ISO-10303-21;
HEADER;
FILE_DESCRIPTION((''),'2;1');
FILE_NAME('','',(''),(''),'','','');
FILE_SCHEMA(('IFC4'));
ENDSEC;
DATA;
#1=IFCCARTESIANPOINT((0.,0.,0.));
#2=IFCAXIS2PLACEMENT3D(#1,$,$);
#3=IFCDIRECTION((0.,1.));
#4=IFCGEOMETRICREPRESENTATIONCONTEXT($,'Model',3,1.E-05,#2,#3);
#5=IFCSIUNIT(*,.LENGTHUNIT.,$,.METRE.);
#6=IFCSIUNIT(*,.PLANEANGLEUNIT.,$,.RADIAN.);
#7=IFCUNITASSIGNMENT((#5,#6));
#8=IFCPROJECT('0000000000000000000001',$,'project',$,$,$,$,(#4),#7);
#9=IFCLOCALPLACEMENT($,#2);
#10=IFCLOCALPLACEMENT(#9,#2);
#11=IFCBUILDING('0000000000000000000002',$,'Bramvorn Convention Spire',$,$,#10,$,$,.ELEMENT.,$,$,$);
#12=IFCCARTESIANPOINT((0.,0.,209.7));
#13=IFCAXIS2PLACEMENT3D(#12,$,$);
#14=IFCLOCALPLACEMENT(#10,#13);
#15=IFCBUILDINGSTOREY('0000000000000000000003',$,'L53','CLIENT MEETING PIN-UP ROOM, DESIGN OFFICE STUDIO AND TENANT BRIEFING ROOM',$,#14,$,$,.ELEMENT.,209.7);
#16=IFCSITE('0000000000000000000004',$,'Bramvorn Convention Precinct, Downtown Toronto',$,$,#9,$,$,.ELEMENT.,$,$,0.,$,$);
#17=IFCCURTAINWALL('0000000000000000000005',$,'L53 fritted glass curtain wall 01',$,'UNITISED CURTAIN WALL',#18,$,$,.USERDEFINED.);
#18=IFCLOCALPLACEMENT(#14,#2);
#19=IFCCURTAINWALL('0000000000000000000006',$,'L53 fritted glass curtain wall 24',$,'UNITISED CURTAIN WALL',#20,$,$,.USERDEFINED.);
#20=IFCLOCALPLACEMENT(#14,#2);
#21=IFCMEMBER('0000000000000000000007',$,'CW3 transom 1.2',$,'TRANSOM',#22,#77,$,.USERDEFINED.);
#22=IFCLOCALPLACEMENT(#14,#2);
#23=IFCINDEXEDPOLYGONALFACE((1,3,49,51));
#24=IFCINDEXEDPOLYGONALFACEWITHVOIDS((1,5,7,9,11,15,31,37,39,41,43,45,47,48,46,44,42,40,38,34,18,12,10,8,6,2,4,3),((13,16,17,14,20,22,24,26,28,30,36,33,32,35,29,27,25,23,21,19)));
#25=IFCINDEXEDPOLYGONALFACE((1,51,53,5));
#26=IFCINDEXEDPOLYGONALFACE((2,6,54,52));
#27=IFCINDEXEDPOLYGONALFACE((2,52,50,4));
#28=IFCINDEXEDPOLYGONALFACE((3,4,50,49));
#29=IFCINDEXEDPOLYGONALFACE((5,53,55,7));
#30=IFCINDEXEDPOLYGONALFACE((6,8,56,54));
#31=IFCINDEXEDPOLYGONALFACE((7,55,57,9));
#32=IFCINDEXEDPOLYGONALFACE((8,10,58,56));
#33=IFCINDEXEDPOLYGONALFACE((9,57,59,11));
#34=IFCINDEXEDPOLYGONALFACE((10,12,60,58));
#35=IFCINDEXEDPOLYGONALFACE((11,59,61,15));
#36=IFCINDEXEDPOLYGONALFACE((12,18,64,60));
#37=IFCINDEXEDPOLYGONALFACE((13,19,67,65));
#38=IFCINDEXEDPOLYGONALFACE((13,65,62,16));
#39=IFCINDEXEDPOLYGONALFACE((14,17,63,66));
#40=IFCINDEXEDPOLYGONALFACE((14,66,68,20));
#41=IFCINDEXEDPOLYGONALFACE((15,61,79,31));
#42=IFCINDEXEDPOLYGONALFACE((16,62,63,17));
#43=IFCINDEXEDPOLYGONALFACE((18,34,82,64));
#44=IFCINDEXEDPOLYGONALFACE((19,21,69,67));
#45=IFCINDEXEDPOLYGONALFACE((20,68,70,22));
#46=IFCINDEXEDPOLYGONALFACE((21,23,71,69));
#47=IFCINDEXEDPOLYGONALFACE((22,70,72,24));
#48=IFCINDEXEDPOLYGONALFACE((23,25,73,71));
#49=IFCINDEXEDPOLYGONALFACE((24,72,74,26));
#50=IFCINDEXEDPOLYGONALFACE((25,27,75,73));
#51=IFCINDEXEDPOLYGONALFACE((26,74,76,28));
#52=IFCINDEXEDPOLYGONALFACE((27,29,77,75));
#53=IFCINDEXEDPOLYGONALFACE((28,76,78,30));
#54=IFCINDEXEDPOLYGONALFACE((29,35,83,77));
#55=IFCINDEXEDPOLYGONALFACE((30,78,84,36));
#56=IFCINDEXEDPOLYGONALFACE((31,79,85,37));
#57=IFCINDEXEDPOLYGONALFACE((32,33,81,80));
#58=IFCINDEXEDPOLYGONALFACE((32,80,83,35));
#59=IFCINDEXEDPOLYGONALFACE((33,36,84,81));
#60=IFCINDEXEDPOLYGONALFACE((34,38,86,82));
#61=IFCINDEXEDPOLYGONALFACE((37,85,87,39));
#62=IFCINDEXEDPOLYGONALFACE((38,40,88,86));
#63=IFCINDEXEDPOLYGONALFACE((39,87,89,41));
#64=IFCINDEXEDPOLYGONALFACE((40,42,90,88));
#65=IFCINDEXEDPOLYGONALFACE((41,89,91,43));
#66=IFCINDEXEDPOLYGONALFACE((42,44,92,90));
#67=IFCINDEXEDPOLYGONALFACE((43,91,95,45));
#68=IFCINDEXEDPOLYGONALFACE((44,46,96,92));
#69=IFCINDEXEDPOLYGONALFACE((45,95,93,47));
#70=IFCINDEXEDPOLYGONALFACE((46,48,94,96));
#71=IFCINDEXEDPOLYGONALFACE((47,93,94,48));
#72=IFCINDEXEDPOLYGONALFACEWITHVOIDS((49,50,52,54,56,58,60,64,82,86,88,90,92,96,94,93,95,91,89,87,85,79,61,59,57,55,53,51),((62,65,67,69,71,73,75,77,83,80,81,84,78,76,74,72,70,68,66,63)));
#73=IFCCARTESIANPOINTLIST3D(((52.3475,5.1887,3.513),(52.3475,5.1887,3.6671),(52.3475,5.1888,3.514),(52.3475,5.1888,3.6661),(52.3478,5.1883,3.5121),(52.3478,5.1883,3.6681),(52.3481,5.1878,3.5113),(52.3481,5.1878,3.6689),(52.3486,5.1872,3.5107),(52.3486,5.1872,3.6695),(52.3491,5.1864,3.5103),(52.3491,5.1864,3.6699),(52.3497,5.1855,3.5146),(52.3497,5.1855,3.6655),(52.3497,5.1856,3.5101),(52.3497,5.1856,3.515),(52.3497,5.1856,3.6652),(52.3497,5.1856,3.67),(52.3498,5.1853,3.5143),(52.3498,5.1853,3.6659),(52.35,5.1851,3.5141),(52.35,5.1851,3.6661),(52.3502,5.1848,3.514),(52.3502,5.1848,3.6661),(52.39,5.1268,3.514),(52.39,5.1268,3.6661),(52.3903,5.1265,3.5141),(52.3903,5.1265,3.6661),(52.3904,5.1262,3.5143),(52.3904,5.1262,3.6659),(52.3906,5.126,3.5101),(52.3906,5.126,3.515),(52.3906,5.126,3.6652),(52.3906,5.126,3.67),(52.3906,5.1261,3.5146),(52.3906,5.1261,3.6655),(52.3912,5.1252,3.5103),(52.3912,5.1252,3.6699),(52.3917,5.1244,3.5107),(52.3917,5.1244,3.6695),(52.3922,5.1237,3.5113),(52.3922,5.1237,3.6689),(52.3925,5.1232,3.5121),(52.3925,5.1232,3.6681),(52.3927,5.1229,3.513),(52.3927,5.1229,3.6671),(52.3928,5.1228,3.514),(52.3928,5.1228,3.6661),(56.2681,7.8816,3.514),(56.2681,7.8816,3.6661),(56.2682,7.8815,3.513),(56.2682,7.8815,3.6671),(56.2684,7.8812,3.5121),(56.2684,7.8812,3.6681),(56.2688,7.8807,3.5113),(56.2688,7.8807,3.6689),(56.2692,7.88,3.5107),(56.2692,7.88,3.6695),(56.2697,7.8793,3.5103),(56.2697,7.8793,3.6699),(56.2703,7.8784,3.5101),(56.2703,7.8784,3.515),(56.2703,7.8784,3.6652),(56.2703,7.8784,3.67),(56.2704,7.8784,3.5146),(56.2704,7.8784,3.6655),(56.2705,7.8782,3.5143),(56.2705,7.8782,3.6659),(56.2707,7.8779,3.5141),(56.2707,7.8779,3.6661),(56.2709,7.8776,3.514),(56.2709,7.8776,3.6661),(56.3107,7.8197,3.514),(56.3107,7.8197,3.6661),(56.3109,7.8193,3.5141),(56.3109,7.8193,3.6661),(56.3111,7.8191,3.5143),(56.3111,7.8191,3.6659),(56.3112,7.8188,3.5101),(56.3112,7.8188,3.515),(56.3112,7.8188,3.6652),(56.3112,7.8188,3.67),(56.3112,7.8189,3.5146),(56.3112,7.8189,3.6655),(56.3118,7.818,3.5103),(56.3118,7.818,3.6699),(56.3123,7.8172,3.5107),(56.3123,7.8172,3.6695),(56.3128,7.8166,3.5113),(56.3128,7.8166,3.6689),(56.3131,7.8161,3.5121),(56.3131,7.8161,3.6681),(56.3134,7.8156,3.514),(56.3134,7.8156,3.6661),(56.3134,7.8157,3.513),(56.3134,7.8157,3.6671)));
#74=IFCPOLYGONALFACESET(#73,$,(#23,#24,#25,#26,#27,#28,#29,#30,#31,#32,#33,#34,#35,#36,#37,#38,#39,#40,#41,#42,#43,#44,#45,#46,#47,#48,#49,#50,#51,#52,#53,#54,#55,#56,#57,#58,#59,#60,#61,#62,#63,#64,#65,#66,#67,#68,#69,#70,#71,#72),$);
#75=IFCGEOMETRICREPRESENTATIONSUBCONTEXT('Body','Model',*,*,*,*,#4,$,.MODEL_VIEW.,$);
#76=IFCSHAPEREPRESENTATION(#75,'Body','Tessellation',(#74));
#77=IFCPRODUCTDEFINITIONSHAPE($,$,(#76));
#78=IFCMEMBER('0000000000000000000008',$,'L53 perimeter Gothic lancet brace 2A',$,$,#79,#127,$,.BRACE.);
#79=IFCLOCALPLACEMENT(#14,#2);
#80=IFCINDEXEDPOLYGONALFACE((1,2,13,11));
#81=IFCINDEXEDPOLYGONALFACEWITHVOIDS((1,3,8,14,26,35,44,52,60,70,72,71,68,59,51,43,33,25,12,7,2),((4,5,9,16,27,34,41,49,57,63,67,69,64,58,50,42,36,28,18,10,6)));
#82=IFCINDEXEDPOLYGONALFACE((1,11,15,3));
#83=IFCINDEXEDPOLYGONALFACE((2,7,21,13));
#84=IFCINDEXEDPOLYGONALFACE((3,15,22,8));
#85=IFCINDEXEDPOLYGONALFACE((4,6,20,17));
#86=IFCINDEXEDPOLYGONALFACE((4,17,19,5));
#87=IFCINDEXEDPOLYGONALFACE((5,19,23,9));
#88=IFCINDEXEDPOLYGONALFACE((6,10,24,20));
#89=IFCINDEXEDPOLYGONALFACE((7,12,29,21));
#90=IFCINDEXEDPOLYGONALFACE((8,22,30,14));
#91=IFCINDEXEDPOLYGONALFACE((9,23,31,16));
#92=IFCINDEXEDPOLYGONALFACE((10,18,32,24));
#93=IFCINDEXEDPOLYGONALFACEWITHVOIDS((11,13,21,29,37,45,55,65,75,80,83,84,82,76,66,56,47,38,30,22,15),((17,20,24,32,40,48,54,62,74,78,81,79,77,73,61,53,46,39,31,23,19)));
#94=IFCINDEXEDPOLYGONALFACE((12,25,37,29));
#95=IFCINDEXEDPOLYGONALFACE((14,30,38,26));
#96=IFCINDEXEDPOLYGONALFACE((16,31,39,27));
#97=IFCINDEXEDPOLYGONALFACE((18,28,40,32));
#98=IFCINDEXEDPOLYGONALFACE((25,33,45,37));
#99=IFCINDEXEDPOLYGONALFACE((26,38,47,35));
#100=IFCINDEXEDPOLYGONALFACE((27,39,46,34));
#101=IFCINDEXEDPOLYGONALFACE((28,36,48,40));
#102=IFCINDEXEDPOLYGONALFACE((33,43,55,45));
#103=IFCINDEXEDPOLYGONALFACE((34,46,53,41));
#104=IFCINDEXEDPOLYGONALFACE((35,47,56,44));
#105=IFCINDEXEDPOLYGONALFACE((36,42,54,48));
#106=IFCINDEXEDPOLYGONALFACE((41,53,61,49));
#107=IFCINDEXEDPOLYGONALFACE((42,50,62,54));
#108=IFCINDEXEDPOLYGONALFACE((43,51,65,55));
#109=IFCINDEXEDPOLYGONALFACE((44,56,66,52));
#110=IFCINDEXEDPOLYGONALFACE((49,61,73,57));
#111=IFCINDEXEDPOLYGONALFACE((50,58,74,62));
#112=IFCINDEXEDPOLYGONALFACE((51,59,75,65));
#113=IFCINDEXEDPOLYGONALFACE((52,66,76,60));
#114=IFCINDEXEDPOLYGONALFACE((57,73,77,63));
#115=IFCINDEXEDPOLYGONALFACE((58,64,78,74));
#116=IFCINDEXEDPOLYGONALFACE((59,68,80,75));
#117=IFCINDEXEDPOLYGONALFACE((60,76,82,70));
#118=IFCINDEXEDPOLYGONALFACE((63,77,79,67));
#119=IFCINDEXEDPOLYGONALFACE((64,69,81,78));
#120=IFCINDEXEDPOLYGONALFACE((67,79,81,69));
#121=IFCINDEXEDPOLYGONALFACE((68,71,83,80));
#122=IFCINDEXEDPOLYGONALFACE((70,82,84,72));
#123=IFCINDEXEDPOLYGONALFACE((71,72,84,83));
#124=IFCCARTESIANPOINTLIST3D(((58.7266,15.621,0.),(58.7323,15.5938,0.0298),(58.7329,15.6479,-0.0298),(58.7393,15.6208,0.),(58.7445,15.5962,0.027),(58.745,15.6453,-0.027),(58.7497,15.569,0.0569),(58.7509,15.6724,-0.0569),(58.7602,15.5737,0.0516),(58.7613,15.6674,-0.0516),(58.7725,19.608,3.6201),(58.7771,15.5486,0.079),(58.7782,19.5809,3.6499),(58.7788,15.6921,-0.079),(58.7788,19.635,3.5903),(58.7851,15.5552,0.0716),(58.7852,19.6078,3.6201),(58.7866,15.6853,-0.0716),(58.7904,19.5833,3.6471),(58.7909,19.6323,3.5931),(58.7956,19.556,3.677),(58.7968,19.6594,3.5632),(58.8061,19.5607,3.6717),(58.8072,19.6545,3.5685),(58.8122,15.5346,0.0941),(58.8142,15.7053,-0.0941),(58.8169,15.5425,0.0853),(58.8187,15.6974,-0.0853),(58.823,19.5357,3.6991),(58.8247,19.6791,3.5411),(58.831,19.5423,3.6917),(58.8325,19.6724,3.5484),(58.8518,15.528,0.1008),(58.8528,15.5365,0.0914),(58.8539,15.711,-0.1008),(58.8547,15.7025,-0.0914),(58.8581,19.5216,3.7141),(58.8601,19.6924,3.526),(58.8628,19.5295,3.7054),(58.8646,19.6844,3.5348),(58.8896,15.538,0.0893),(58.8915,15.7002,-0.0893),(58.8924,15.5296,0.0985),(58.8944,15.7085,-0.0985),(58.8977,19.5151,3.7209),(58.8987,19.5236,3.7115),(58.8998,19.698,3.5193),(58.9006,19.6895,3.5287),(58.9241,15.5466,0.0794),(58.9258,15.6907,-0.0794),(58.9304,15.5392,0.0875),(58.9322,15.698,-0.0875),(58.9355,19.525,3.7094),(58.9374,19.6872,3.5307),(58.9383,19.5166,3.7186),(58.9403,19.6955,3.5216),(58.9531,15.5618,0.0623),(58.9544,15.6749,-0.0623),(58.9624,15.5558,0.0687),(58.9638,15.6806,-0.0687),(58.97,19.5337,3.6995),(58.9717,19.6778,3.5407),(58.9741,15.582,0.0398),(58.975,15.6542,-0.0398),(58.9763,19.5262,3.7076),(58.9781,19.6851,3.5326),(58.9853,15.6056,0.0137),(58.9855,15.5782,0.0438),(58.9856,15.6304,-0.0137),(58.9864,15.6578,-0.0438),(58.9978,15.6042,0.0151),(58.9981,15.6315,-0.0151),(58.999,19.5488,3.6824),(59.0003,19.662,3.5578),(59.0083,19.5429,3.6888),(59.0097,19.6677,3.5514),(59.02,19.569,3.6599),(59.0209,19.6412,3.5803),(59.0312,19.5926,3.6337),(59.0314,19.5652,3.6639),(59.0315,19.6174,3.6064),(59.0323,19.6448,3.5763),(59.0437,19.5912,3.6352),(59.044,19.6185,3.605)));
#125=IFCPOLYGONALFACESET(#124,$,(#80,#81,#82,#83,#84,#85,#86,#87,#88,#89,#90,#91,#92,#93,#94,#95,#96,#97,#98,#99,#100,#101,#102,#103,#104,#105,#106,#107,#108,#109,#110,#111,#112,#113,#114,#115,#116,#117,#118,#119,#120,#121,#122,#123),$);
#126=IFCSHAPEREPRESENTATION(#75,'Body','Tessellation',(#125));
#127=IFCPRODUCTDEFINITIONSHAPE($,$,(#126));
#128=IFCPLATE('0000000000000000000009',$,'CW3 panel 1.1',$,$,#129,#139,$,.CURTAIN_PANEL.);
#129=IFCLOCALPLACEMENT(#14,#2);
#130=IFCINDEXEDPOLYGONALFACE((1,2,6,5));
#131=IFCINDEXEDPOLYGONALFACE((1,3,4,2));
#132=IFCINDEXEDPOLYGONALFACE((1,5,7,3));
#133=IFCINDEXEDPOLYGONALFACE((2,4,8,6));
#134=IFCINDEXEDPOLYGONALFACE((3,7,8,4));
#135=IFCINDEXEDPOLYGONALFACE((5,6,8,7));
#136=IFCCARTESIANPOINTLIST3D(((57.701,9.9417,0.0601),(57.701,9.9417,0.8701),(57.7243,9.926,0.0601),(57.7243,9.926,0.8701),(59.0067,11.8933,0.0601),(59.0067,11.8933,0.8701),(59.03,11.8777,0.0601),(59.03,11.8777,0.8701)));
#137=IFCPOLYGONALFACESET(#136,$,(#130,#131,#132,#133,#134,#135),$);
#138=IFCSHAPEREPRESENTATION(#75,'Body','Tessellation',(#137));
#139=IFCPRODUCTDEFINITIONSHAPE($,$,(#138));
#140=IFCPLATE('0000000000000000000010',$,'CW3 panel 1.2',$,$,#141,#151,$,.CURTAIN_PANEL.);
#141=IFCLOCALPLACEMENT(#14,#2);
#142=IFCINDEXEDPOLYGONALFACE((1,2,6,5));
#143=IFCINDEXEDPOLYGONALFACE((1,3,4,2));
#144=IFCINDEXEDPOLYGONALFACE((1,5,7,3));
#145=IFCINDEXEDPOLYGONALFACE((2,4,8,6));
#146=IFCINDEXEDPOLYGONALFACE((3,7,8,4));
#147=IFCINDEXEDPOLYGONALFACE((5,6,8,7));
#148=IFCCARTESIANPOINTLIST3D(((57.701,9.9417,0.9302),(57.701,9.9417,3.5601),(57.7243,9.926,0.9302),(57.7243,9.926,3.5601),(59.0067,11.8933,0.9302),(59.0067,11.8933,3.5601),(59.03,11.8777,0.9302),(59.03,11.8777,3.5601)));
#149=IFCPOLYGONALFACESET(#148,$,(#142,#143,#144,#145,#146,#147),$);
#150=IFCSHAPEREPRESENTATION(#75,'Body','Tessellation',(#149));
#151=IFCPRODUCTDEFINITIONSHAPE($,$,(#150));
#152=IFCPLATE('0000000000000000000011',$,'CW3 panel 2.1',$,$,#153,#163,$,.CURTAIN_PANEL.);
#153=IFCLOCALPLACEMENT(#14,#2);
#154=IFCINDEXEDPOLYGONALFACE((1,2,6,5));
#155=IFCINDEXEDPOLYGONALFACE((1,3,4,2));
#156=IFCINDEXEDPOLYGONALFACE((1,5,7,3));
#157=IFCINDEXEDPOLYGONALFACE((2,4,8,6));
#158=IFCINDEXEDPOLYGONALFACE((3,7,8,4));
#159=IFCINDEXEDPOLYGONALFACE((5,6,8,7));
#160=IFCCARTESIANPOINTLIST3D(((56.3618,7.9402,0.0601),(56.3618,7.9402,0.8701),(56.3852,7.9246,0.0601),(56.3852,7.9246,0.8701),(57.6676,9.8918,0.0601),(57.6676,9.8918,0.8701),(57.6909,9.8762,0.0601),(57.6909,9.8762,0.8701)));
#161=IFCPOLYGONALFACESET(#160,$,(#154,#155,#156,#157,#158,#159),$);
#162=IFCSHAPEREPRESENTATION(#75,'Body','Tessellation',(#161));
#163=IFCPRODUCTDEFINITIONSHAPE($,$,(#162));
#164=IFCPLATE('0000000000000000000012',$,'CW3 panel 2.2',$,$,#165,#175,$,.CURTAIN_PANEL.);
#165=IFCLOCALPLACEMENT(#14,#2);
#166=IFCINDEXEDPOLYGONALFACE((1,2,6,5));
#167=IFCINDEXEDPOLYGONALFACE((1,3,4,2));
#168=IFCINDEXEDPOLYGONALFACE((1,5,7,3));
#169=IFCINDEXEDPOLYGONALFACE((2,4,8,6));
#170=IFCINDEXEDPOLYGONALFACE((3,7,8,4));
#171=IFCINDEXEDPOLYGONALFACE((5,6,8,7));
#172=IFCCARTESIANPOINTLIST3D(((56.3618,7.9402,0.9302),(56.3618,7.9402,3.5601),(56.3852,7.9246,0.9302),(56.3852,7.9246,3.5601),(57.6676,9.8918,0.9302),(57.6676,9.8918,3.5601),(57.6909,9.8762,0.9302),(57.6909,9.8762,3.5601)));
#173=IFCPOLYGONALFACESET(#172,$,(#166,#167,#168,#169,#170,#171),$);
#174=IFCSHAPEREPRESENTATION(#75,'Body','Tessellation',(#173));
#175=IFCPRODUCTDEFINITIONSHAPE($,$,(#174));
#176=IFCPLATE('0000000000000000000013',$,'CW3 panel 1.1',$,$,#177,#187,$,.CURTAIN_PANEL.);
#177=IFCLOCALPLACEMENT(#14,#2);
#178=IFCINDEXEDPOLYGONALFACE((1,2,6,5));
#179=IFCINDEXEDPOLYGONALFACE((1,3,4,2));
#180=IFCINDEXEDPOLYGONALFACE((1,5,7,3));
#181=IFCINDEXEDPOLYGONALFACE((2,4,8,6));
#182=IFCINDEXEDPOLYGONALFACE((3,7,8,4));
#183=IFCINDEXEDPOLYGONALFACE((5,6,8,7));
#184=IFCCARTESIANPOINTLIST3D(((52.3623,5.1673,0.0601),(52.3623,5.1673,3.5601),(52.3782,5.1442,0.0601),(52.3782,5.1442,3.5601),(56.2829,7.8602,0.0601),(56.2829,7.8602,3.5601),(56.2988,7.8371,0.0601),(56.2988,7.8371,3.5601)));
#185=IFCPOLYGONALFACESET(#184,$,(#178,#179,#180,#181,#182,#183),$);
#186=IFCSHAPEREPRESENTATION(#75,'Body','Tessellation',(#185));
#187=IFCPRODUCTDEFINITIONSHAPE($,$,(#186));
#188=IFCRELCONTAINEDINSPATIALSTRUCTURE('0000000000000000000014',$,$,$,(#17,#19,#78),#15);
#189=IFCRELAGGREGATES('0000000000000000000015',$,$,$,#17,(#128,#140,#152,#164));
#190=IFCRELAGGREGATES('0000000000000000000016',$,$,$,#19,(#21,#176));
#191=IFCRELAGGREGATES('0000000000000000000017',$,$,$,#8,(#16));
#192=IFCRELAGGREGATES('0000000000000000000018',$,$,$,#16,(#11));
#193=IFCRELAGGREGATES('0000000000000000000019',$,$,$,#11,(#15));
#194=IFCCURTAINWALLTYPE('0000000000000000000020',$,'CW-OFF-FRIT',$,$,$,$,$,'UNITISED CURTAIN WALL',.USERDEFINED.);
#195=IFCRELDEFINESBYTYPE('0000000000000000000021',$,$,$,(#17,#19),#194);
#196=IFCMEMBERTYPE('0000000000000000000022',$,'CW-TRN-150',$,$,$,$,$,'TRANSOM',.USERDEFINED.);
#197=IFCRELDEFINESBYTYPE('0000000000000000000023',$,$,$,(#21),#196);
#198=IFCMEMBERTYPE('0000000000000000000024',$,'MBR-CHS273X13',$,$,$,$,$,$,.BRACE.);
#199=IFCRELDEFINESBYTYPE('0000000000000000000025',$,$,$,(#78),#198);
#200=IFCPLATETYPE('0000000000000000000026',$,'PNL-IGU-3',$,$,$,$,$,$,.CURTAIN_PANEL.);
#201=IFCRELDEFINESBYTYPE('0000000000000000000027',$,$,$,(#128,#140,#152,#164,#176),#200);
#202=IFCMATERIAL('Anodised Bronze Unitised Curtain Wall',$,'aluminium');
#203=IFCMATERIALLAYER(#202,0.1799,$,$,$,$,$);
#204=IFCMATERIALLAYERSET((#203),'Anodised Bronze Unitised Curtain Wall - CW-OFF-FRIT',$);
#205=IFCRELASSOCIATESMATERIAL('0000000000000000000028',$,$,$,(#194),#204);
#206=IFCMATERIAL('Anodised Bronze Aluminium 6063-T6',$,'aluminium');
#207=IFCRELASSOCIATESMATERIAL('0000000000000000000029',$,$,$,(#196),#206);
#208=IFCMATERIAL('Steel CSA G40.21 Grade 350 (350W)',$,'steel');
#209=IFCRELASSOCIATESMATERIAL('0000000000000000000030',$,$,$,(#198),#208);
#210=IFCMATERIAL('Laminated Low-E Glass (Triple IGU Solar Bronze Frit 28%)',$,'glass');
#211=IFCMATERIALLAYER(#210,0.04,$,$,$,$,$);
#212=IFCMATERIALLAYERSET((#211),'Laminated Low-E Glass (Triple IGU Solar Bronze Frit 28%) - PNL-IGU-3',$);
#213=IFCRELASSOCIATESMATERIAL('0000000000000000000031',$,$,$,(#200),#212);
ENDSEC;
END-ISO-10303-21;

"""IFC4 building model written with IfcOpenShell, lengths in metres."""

from ifc_helpers import new_model, si_unit, direction, frame, origin, origin_2d, place, context, subcontext, project, spatial, rectangle, hollow_rectangle, hollow_circle, extrude, material, layer, layer_set, material_profile, profile_set, type_object, element, aggregate, save


model = new_model("IFC4")

# Units and contexts
model_context = context("Model", 3, precision=1e-05, world=origin(), true_north=direction((0.0, 1.0)))
body_context = subcontext(model_context, "Body", "Model", "MODEL_VIEW")
ifc_project = project(units=[si_unit("LENGTHUNIT", "METRE"), si_unit("PLANEANGLEUNIT", "RADIAN")], contexts=[model_context])

# Site, building, storey
site_placement = place(None, origin())
site = spatial("IfcSite", under=ifc_project, at=site_placement, Name="Bramvorn Convention Precinct, Downtown Toronto", CompositionType="ELEMENT", RefElevation=0.0)
building_placement = place(site_placement, origin())
building = spatial("IfcBuilding", under=site, at=building_placement, Name="Bramvorn Convention Spire", CompositionType="ELEMENT")
storey_placement = place(building_placement, frame((0.0, 0.0, 209.7)))
storey = spatial("IfcBuildingStorey", under=building, at=storey_placement, Name="L53", Description="CLIENT MEETING PIN-UP ROOM, DESIGN OFFICE STUDIO AND TENANT BRIEFING ROOM", CompositionType="ELEMENT", Elevation=209.7)

# Shared definitions
ifc_material_1 = material(Name="Steel CSA G40.21 Grade 350 (350W)", Category="steel")

# Curtain walls
ifc_material_2 = material(Name="Anodised Bronze Unitised Curtain Wall", Category="aluminium")
ifc_layer_1 = layer(ifc_material_2, 0.1799)
ifc_layer_set_1 = layer_set([ifc_layer_1], Name="Anodised Bronze Unitised Curtain Wall - CW-OFF-FRIT")
curtain_wall_type = type_object("IfcCurtainWallType", Name="CW-OFF-FRIT", ElementType="UNITISED CURTAIN WALL", PredefinedType="USERDEFINED", material=ifc_layer_set_1)
curtain_wall_1_placement = place(storey_placement, origin())
curtain_wall_1 = element("IfcCurtainWall", 1, at=curtain_wall_1_placement, inside=storey, type_object=curtain_wall_type, Name="L53 fritted glass curtain wall 01", ObjectType="UNITISED CURTAIN WALL", PredefinedType="USERDEFINED")
ifc_material_3 = material(Name="Anodised Bronze Aluminium 6063-T6", Category="aluminium")
curtain_wall_2_placement = place(storey_placement, origin())
curtain_wall_2 = element("IfcCurtainWall", 2, at=curtain_wall_2_placement, inside=storey, type_object=curtain_wall_type, Name="L53 fritted glass curtain wall 24", ObjectType="UNITISED CURTAIN WALL", PredefinedType="USERDEFINED")

# Members
ifc_material_profile_1 = material_profile(ifc_material_3, hollow_rectangle(XDim=0.0801, YDim=0.1599, WallThickness=0.0039, InnerFilletRadius=0.001, OuterFilletRadius=0.0039, at=origin_2d()))
ifc_profile_set_1 = profile_set([ifc_material_profile_1], Name="Anodised Bronze Aluminium 6063-T6 - CWT80X160")
member_type_1 = type_object("IfcMemberType", Name="CW-TRN-150", ElementType="TRANSOM", PredefinedType="USERDEFINED", material=ifc_profile_set_1)
member_1_placement = place(storey_placement, frame((56.2908, 7.8486, 3.5901), z_axis=(-0.824295, -0.566161, 0.0), x_axis=(0.566161, -0.824295, 0.0)))
member_1 = element("IfcMember", 3, at=member_1_placement, type_object=member_type_1, Name="CW3 transom 1.2", ObjectType="TRANSOM", PredefinedType="USERDEFINED", context=body_context, shape_type="SweptSolid", body=[
    extrude(hollow_rectangle(XDim=0.0801, YDim=0.1599, WallThickness=0.0039, InnerFilletRadius=0.001, OuterFilletRadius=0.0039, at=origin_2d()), origin(), (0.0, 0.0, 1.0), 4.7563),
])
ifc_material_profile_2 = material_profile(ifc_material_1, hollow_circle(Radius=0.1365, WallThickness=0.0127, at=origin_2d()))
ifc_profile_set_2 = profile_set([ifc_material_profile_2], Name="Steel CSA G40.21 Grade 350 (350W) - CHS273X13")
member_type_2 = type_object("IfcMemberType", Name="MBR-CHS273X13", PredefinedType="BRACE", material=ifc_profile_set_2)
member_2_placement = place(storey_placement, frame((58.863, 15.6194, 0.0), z_axis=(0.008523, 0.740327, 0.672192), x_axis=(-0.999934, 0.011511, 0.0)))
element("IfcMember", 4, at=member_2_placement, inside=storey, type_object=member_type_2, Name="L53 perimeter Gothic lancet brace 2A", PredefinedType="BRACE", context=body_context, shape_type="SweptSolid", body=[
    extrude(hollow_circle(Radius=0.1365, WallThickness=0.0127, at=origin_2d()), origin(), (0.0, 0.0, 1.0), 5.3855),
])

# Plates
ifc_material_4 = material(Name="Laminated Low-E Glass (Triple IGU Solar Bronze Frit 28%)", Category="glass")
ifc_layer_2 = layer(ifc_material_4, 0.04)
ifc_layer_set_2 = layer_set([ifc_layer_2], Name="Laminated Low-E Glass (Triple IGU Solar Bronze Frit 28%) - PNL-IGU-3")
plate_type = type_object("IfcPlateType", Name="PNL-IGU-3", PredefinedType="CURTAIN_PANEL", material=ifc_layer_set_2)
plate_1_placement = place(storey_placement, frame((58.3655, 10.9097, 0.0601), z_axis=(0.0, 0.0, 1.0), x_axis=(-0.556058, -0.831144, 0.0)))
plate_1 = element("IfcPlate", 5, at=plate_1_placement, type_object=plate_type, Name="CW3 panel 1.1", PredefinedType="CURTAIN_PANEL", context=body_context, shape_type="SweptSolid", body=[
    extrude(rectangle(XDim=2.3481, YDim=0.0281, at=origin_2d()), origin(), (0.0, 0.0, 1.0), 0.8101),
])
plate_2_placement = place(storey_placement, frame((58.3655, 10.9097, 0.9302), z_axis=(0.0, 0.0, 1.0), x_axis=(-0.556058, -0.831144, 0.0)))
plate_2 = element("IfcPlate", 6, at=plate_2_placement, type_object=plate_type, Name="CW3 panel 1.2", PredefinedType="CURTAIN_PANEL", context=body_context, shape_type="SweptSolid", body=[
    extrude(rectangle(XDim=2.3481, YDim=0.0281, at=origin_2d()), origin(), (0.0, 0.0, 1.0), 2.6299),
])
plate_3_placement = place(storey_placement, frame((57.0264, 8.9082, 0.0601), z_axis=(0.0, 0.0, 1.0), x_axis=(-0.556058, -0.831144, 0.0)))
plate_3 = element("IfcPlate", 7, at=plate_3_placement, type_object=plate_type, Name="CW3 panel 2.1", PredefinedType="CURTAIN_PANEL", context=body_context, shape_type="SweptSolid", body=[
    extrude(rectangle(XDim=2.3481, YDim=0.0281, at=origin_2d()), origin(), (0.0, 0.0, 1.0), 0.8101),
])
plate_4_placement = place(storey_placement, frame((57.0264, 8.9082, 0.9302), z_axis=(0.0, 0.0, 1.0), x_axis=(-0.556058, -0.831144, 0.0)))
plate_4 = element("IfcPlate", 8, at=plate_4_placement, type_object=plate_type, Name="CW3 panel 2.2", PredefinedType="CURTAIN_PANEL", context=body_context, shape_type="SweptSolid", body=[
    extrude(rectangle(XDim=2.3481, YDim=0.0281, at=origin_2d()), origin(), (0.0, 0.0, 1.0), 2.6299),
])
aggregate(curtain_wall_1, [plate_1, plate_2, plate_3, plate_4])
plate_5_placement = place(storey_placement, frame((54.3306, 6.5022, 0.0601), z_axis=(0.0, 0.0, 1.0), x_axis=(-0.824291, -0.566166, 0.0)))
plate_5 = element("IfcPlate", 9, at=plate_5_placement, type_object=plate_type, Name="CW3 panel 1.1", PredefinedType="CURTAIN_PANEL", context=body_context, shape_type="SweptSolid", body=[
    extrude(rectangle(XDim=4.7563, YDim=0.0281, at=origin_2d()), origin(), (0.0, 0.0, 1.0), 3.5),
])
aggregate(curtain_wall_2, [member_1, plate_5])

save(model, "model.ifc")
